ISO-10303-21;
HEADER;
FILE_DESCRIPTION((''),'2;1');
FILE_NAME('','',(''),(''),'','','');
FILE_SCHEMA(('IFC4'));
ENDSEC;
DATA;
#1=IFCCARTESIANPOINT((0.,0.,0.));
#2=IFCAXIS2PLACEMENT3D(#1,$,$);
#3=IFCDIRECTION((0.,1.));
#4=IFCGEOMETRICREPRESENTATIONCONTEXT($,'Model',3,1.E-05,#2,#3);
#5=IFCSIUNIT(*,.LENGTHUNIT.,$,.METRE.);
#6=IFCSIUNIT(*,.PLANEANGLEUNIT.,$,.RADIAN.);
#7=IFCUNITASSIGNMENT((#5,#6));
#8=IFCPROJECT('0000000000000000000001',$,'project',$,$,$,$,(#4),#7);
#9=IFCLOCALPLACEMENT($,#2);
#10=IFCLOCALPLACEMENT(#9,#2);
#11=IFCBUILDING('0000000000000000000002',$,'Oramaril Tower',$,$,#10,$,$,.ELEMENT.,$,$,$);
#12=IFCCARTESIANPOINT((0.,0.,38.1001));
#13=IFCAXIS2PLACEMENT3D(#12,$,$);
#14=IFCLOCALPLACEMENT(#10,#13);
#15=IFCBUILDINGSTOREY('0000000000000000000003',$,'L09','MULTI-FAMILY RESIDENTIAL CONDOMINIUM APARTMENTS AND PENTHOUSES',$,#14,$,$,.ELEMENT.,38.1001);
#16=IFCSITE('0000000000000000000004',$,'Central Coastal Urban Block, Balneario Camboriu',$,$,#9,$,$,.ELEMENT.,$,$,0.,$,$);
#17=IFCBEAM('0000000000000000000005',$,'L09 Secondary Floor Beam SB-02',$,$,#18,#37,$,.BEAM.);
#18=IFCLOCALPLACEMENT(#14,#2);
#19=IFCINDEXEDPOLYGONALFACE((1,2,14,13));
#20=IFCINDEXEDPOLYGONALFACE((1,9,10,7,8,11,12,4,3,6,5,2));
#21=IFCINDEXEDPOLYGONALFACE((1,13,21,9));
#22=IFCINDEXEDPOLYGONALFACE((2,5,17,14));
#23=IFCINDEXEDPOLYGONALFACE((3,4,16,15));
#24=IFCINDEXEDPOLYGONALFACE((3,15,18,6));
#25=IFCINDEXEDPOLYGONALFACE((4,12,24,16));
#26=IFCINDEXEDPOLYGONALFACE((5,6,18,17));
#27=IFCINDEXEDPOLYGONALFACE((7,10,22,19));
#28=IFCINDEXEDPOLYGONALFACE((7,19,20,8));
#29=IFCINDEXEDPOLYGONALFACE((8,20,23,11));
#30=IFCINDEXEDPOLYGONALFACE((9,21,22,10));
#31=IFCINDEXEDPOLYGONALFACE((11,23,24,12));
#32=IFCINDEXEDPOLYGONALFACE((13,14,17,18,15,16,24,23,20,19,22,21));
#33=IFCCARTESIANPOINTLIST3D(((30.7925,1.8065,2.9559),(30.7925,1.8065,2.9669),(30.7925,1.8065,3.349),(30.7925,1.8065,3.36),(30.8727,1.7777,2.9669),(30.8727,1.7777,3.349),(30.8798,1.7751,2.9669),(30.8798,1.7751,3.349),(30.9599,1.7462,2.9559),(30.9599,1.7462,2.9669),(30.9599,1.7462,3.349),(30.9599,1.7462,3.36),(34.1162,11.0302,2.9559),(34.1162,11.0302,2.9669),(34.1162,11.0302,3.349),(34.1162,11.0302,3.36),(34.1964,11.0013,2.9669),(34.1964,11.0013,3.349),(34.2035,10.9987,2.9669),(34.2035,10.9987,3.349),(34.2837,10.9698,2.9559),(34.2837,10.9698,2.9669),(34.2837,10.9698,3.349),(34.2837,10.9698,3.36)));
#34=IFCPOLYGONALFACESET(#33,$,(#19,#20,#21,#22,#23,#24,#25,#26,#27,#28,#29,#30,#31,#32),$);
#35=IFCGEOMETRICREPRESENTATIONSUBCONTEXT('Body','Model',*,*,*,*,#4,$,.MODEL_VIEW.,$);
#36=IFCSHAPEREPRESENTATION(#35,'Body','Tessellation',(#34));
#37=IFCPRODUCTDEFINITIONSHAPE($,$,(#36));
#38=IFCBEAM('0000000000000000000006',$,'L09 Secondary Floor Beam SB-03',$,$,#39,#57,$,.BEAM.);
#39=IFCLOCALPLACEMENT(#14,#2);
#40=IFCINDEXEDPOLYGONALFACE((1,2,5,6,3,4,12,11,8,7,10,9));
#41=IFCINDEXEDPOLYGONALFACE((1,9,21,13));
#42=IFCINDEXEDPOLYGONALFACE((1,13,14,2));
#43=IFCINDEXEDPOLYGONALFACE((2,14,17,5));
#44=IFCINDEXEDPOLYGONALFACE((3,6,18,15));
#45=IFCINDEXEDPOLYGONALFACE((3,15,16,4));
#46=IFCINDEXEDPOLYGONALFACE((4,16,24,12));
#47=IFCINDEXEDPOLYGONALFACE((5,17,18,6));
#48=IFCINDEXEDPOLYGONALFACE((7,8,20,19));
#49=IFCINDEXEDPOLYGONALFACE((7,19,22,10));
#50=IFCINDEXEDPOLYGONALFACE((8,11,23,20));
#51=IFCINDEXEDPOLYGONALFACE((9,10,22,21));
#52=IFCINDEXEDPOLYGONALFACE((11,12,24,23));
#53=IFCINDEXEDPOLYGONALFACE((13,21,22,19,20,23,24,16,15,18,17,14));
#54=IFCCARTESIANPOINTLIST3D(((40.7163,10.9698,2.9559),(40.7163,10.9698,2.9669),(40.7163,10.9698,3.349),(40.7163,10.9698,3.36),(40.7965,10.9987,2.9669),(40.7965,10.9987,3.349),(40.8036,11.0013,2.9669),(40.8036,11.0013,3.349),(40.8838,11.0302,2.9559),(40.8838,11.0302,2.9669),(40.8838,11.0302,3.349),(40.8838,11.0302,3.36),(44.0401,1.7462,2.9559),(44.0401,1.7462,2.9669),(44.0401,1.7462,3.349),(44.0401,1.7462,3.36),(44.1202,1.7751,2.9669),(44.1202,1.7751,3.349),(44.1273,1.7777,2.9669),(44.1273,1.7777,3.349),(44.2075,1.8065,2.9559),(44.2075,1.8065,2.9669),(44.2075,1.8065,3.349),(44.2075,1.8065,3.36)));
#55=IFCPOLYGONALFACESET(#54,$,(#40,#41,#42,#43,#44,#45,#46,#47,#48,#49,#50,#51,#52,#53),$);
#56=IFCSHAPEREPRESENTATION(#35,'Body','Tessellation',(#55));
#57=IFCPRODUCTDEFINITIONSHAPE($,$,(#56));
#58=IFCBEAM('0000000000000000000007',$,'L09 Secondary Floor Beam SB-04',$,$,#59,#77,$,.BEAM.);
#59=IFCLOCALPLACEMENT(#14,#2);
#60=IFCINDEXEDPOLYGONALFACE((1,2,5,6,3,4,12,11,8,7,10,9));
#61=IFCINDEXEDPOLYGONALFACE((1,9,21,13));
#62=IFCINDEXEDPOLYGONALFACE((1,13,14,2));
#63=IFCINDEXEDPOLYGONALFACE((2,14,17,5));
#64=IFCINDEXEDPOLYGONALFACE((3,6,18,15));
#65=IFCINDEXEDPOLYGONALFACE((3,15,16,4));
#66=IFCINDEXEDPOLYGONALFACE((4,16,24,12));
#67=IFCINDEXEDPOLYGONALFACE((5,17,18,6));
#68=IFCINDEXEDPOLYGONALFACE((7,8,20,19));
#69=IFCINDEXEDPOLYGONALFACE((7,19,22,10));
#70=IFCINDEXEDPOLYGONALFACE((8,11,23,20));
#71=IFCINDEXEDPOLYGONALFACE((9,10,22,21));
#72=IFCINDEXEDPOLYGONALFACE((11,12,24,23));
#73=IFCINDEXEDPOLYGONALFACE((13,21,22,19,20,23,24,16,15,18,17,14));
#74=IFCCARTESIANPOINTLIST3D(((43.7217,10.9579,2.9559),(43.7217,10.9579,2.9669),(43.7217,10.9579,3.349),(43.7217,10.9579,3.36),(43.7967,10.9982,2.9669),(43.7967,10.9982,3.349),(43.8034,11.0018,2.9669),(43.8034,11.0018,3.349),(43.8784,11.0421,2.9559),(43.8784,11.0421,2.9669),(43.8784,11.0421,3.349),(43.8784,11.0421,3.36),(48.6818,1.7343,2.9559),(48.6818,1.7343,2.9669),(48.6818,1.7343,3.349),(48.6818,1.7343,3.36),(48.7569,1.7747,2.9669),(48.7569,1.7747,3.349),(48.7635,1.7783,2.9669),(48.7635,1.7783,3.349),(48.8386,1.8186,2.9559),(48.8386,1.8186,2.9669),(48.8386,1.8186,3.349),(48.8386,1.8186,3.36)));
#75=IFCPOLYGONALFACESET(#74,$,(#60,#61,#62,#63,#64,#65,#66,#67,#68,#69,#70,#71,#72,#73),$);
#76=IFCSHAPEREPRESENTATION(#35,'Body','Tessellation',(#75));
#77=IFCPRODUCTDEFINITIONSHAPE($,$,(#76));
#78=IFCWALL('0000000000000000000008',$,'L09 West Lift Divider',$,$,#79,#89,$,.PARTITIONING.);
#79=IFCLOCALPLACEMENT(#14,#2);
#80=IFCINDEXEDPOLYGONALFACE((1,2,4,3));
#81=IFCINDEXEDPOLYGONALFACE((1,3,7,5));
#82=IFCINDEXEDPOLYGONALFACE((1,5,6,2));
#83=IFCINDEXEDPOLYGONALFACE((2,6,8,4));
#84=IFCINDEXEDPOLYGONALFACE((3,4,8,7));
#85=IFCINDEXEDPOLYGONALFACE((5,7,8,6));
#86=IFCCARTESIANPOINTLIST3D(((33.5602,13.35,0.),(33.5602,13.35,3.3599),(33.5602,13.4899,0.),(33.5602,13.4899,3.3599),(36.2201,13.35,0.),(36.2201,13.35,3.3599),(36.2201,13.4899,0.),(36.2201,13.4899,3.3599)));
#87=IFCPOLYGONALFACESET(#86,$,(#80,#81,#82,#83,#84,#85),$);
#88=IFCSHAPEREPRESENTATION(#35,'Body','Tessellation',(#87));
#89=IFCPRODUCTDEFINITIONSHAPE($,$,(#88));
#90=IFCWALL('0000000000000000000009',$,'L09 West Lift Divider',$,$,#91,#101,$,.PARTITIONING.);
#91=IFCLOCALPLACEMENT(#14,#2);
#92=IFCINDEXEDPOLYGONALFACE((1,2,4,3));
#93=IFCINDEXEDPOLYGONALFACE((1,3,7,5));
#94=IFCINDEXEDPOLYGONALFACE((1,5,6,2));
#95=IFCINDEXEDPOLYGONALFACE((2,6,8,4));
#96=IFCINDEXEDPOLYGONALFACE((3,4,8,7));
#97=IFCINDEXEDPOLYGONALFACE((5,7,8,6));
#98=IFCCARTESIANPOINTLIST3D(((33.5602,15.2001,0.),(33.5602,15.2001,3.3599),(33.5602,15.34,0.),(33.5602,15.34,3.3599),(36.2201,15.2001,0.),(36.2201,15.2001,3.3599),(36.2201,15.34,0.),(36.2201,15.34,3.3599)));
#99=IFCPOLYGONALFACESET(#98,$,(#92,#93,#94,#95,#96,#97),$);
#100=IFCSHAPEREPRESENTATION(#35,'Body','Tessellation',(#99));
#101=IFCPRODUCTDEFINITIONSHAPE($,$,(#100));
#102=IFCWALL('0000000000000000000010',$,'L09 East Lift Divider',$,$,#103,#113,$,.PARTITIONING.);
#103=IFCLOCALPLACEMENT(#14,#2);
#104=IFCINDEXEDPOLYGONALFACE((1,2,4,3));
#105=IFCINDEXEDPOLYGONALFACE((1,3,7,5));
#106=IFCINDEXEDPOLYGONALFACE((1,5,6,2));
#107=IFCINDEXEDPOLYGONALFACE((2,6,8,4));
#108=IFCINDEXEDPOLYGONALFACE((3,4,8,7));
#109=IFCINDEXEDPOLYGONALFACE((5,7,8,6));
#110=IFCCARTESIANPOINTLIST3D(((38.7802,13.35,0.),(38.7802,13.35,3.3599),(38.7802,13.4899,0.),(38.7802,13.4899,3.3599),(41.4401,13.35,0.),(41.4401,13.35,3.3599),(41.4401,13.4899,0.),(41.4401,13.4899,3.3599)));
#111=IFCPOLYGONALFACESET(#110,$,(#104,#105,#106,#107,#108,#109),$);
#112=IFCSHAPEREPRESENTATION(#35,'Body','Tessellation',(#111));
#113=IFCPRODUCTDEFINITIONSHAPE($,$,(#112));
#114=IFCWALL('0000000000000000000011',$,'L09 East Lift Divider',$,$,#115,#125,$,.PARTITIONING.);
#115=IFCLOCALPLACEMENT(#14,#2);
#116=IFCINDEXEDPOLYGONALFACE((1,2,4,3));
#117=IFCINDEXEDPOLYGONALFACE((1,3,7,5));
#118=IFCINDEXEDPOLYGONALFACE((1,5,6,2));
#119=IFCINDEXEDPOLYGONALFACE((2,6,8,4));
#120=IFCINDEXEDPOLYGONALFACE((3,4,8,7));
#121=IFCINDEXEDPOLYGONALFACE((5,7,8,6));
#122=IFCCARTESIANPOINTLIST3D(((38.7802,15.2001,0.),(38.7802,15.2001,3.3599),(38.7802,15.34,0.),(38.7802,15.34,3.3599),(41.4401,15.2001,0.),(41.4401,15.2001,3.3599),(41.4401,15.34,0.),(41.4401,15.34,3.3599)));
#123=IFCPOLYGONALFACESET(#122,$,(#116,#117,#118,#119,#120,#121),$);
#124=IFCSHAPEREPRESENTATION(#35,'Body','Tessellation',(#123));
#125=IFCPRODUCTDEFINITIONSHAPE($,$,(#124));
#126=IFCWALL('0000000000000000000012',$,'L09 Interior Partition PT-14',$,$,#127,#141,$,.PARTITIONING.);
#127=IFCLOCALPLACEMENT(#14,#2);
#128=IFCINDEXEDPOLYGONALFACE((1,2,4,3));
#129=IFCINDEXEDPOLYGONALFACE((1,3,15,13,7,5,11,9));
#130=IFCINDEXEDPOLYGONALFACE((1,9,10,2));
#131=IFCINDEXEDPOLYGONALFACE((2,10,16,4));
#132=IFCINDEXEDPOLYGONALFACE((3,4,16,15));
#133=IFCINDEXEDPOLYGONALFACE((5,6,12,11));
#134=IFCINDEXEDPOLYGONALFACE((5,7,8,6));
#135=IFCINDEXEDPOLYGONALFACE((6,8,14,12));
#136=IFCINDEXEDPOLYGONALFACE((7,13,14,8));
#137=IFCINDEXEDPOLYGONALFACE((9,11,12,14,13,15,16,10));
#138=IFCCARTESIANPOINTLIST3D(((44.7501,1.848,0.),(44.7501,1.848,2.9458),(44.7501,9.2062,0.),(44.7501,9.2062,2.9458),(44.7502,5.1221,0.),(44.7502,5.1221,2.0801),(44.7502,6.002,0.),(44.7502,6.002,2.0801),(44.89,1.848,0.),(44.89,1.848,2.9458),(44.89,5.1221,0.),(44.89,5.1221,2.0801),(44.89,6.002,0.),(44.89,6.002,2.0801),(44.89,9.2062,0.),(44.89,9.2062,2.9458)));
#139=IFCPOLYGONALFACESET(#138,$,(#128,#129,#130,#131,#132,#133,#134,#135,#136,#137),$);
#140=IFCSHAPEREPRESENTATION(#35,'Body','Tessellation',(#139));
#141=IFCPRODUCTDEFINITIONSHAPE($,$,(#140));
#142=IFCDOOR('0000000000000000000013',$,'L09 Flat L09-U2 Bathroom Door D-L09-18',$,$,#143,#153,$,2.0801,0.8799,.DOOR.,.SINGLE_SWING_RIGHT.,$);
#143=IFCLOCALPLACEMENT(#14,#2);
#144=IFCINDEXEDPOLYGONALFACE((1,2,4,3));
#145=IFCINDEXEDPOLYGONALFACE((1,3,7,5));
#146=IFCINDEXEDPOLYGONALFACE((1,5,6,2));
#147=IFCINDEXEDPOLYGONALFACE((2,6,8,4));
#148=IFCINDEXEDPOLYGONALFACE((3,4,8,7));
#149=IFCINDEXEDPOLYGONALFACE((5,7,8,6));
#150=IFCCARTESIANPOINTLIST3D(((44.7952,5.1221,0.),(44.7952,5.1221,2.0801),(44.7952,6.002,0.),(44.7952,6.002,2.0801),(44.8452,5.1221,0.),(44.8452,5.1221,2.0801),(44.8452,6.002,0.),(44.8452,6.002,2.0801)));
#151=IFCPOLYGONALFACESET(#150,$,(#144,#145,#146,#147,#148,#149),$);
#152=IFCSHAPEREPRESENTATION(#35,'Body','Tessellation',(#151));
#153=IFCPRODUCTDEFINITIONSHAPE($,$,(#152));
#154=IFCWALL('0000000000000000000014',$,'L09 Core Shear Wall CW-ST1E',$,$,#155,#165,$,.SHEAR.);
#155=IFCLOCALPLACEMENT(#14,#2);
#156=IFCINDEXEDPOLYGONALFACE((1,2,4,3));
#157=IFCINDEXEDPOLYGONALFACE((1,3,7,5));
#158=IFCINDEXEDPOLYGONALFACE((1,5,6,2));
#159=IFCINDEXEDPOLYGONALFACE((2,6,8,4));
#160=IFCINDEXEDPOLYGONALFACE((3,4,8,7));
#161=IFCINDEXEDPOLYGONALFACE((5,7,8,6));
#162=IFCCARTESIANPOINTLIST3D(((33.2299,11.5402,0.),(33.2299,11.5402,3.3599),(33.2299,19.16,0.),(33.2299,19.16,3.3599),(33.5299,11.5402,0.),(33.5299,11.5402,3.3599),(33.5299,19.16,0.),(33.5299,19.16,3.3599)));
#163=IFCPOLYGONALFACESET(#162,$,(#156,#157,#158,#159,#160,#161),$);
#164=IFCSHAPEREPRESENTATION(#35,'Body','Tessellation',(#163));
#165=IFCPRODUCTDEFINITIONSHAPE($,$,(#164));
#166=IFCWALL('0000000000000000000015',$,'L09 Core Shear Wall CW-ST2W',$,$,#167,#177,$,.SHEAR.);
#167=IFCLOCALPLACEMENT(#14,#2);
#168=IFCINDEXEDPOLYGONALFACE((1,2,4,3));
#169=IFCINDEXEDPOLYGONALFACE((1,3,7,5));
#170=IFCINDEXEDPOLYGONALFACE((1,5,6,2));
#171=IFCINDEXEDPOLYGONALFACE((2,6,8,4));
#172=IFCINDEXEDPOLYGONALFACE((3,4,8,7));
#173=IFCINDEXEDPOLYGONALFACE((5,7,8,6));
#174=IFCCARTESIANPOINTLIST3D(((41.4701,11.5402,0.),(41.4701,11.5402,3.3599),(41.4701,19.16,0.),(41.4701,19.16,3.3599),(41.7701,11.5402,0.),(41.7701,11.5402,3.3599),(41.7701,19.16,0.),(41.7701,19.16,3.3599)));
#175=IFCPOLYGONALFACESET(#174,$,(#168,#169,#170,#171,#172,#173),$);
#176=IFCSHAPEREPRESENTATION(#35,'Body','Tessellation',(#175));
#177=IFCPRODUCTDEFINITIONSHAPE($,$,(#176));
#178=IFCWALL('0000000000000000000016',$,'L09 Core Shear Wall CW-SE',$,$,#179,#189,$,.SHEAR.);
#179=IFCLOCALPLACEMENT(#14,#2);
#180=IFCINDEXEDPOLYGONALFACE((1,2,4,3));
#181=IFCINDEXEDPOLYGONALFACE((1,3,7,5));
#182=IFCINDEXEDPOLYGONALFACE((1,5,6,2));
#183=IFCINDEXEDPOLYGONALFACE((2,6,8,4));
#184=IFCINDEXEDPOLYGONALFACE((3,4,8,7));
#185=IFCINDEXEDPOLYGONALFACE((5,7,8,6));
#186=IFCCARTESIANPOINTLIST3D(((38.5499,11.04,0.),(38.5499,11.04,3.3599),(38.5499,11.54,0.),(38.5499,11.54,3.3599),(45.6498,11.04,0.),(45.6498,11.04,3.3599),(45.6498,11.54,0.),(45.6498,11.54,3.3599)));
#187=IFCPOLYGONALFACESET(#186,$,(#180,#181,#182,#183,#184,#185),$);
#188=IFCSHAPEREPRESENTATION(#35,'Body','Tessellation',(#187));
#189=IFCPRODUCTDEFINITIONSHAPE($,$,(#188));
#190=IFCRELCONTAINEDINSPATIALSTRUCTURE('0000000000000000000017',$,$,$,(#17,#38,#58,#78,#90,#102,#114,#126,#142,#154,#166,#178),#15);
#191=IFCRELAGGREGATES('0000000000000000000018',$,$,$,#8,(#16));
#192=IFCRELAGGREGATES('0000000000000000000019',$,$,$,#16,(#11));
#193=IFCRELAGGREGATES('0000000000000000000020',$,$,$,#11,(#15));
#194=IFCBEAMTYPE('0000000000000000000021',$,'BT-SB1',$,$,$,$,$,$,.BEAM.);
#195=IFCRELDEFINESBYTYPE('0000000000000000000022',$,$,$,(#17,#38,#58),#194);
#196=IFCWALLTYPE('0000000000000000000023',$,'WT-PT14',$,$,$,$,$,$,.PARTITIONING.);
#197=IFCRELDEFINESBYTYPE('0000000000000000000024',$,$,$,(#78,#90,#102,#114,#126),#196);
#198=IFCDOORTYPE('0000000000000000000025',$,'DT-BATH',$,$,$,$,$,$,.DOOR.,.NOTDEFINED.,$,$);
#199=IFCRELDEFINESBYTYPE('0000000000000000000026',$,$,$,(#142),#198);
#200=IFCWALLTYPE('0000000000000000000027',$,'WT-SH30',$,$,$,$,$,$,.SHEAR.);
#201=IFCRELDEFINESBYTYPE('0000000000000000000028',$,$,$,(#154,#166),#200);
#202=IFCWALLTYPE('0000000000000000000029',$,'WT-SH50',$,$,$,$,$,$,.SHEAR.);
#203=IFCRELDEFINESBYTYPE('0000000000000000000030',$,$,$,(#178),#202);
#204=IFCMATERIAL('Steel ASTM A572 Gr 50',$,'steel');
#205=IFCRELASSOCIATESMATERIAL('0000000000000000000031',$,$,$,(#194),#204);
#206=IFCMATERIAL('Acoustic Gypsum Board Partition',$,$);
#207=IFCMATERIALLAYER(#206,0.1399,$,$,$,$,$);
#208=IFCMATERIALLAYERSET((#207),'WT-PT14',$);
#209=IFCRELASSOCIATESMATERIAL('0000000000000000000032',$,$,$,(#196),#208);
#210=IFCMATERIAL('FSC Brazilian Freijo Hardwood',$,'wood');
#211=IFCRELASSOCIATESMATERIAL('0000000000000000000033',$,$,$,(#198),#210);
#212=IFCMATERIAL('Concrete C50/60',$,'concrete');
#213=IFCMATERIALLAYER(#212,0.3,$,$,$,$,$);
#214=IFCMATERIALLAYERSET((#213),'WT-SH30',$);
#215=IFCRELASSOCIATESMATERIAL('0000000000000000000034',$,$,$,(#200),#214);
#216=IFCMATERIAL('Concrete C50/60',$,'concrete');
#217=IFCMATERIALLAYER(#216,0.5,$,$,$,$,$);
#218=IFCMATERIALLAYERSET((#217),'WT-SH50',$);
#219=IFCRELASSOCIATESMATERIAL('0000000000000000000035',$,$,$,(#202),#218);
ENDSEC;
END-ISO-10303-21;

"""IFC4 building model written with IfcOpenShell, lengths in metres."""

from ifc_helpers import new_model, si_unit, direction, frame, frame_2d, origin, origin_2d, place, context, subcontext, project, spatial, rectangle, i_section, extrude, material, layer, layer_set, material_profile, profile_set, type_object, element, fill, save


model = new_model("IFC4")

# Units and contexts
model_context = context("Model", 3, precision=1e-05, world=origin(), true_north=direction((0.0, 1.0)))
body_context = subcontext(model_context, "Body", "Model", "MODEL_VIEW")
ifc_project = project(units=[si_unit("LENGTHUNIT", "METRE"), si_unit("PLANEANGLEUNIT", "RADIAN")], contexts=[model_context])

# Site, building, storey
site_placement = place(None, origin())
site = spatial("IfcSite", under=ifc_project, at=site_placement, Name="Central Coastal Urban Block, Balneario Camboriu", CompositionType="ELEMENT", RefElevation=0.0)
building_placement = place(site_placement, origin())
building = spatial("IfcBuilding", under=site, at=building_placement, Name="Oramaril Tower", CompositionType="ELEMENT")
storey_placement = place(building_placement, frame((0.0, 0.0, 38.1001)))
storey = spatial("IfcBuildingStorey", under=building, at=storey_placement, Name="L09", Description="MULTI-FAMILY RESIDENTIAL CONDOMINIUM APARTMENTS AND PENTHOUSES", CompositionType="ELEMENT", Elevation=38.1001)

# Beams
ifc_material_1 = material(Name="Steel ASTM A572 Gr 50", Category="steel")
ifc_material_profile = material_profile(ifc_material_1, i_section(OverallWidth=0.178, OverallDepth=0.4041, WebThickness=0.0076, FlangeThickness=0.011, at=origin_2d()), Name="W16X36")
ifc_profile_set = profile_set([ifc_material_profile], Name="Steel ASTM A572 Gr 50")
beam_type = type_object("IfcBeamType", Name="BT-SB1", PredefinedType="BEAM", material=ifc_profile_set)
for number, where, z_axis, x_axis, name in (
    (1, (34.2, 11.0, 3.158), (-0.33901, -0.940783, 0.0), (0.940783, -0.33901, 0.0), "L09 Secondary Floor Beam SB-02"),
    (2, (40.8, 11.0, 3.158), (0.33901, -0.940783, 0.0), (0.940783, 0.33901, 0.0), "L09 Secondary Floor Beam SB-03"),
):
    element("IfcBeam", number, at=place(storey_placement, frame(where, z_axis=z_axis, x_axis=x_axis)), inside=storey, type_object=beam_type, Name=name, PredefinedType="BEAM", context=body_context, shape_type="SweptSolid", body=[
        extrude(i_section(OverallWidth=0.178, OverallDepth=0.4041, WebThickness=0.0076, FlangeThickness=0.011, at=origin_2d()), origin(), (0.0, 0.0, 1.0), 9.8042),
    ])
beam_placement = place(storey_placement, frame((43.8, 11.0, 3.158), z_axis=(0.473628, -0.880725, 0.0), x_axis=(0.880725, 0.473628, 0.0)))
element("IfcBeam", 3, at=beam_placement, inside=storey, type_object=beam_type, Name="L09 Secondary Floor Beam SB-04", PredefinedType="BEAM", context=body_context, shape_type="SweptSolid", body=[
    extrude(i_section(OverallWidth=0.178, OverallDepth=0.4041, WebThickness=0.0076, FlangeThickness=0.011, at=origin_2d()), origin(), (0.0, 0.0, 1.0), 10.4727),
])

# Walls
ifc_material_2 = material(Name="Acoustic Gypsum Board Partition")
ifc_layer_1 = layer(ifc_material_2, 0.1399)
ifc_layer_set_1 = layer_set([ifc_layer_1], Name="WT-PT14")
wall_type_1 = type_object("IfcWallType", Name="WT-PT14", PredefinedType="PARTITIONING", material=ifc_layer_set_1)
for number, where, z_axis, x_axis, name in (
    (4, (33.5601, 13.4199, 0.0), (0.0, 0.0, 1.0), (1.0, 0.0, 0.0), "L09 West Lift Divider"),
    (5, (33.5601, 15.27, 0.0), (0.0, 0.0, 1.0), (1.0, 0.0, 0.0), "L09 West Lift Divider"),
    (6, (38.78, 13.4199, 0.0), (0.0, 0.0, 1.0), (1.0, 0.0, 0.0), "L09 East Lift Divider"),
    (7, (38.78, 15.27, 0.0), (0.0, 0.0, 1.0), (1.0, 0.0, 0.0), "L09 East Lift Divider"),
):
    element("IfcWall", number, at=place(storey_placement, frame(where, z_axis=z_axis, x_axis=x_axis)), inside=storey, type_object=wall_type_1, Name=name, PredefinedType="PARTITIONING", context=body_context, shape_type="SweptSolid", body=[
        extrude(rectangle(XDim=2.6599, YDim=0.1399, at=frame_2d((1.3301, 0.0))), origin(), (0.0, 0.0, 1.0), 3.3599),
    ])

# Wall, opening, door
wall_1_placement = place(storey_placement, frame((44.8201, 1.8479, 0.0), z_axis=(0.0, 0.0, 1.0), x_axis=(0.0, 1.0, 0.0)))
wall_1 = element("IfcWall", 8, at=wall_1_placement, inside=storey, type_object=wall_type_1, Name="L09 Interior Partition PT-14", PredefinedType="PARTITIONING", context=body_context, shape_type="SweptSolid", body=[
    extrude(rectangle(XDim=7.3582, YDim=0.1399, at=frame_2d((3.6792, 0.0))), origin(), (0.0, 0.0, 1.0), 2.9458),
])
opening_1_placement = place(wall_1_placement, frame((3.2742, 0.0, 0.0)))
opening_1 = element("IfcOpeningElement", 9, at=opening_1_placement, cuts=wall_1, PredefinedType="OPENING", context=body_context, shape_type="SweptSolid", body=[
    extrude(rectangle(XDim=0.8799, YDim=2.0801, at=frame_2d((0.4399, 1.04))), frame((0.0, 0.0698, 0.0), z_axis=(0.0, -1.0, 0.0), x_axis=(1.0, 0.0, 0.0)), (0.0, 0.0, 1.0), 0.1399),
])
ifc_material_3 = material(Name="FSC Brazilian Freijo Hardwood", Category="wood")
door_type_1 = type_object("IfcDoorType", Name="DT-BATH", OperationType="NOTDEFINED", PredefinedType="DOOR", material=ifc_material_3)
door_1_placement = place(opening_1_placement, origin())
door_1 = element("IfcDoor", 10, at=door_1_placement, inside=storey, type_object=door_type_1, Name="L09 Flat L09-U2 Bathroom Door D-L09-18", OperationType="SINGLE_SWING_RIGHT", OverallHeight=2.0801, OverallWidth=0.8799, PredefinedType="DOOR", context=body_context, shape_type="SweptSolid", body=[
    extrude(rectangle(XDim=0.8799, YDim=2.0801, at=frame_2d((0.4399, 1.04))), frame((0.0, 0.0249, 0.0), z_axis=(0.0, -1.0, 0.0), x_axis=(1.0, 0.0, 0.0)), (0.0, 0.0, 1.0), 0.05),
])
fill(opening_1, door_1)

# Walls
ifc_material_4 = material(Name="Concrete C50/60", Category="concrete")
ifc_layer_2 = layer(ifc_material_4, 0.3)
ifc_layer_set_2 = layer_set([ifc_layer_2], Name="WT-SH30")
wall_type_2 = type_object("IfcWallType", Name="WT-SH30", PredefinedType="SHEAR", material=ifc_layer_set_2)
for number, where, z_axis, x_axis, name in (
    (11, (33.3799, 11.54, 0.0), (0.0, 0.0, 1.0), (0.0, 1.0, 0.0), "L09 Core Shear Wall CW-ST1E"),
    (12, (41.6201, 11.54, 0.0), (0.0, 0.0, 1.0), (0.0, 1.0, 0.0), "L09 Core Shear Wall CW-ST2W"),
):
    element("IfcWall", number, at=place(storey_placement, frame(where, z_axis=z_axis, x_axis=x_axis)), inside=storey, type_object=wall_type_2, Name=name, PredefinedType="SHEAR", context=body_context, shape_type="SweptSolid", body=[
        extrude(rectangle(XDim=7.6199, YDim=0.3, at=frame_2d((3.8101, 0.0))), origin(), (0.0, 0.0, 1.0), 3.3599),
    ])
ifc_material_5 = material(Name="Concrete C50/60", Category="concrete")
ifc_layer_3 = layer(ifc_material_5, 0.5)
ifc_layer_set_3 = layer_set([ifc_layer_3], Name="WT-SH50")
wall_type_3 = type_object("IfcWallType", Name="WT-SH50", PredefinedType="SHEAR", material=ifc_layer_set_3)
wall_2_placement = place(storey_placement, frame((38.55, 11.29, 0.0), z_axis=(0.0, 0.0, 1.0), x_axis=(1.0, 0.0, 0.0)))
element("IfcWall", 13, at=wall_2_placement, inside=storey, type_object=wall_type_3, Name="L09 Core Shear Wall CW-SE", PredefinedType="SHEAR", context=body_context, shape_type="SweptSolid", body=[
    extrude(rectangle(XDim=7.0999, YDim=0.5, at=frame_2d((3.5498, 0.0))), origin(), (0.0, 0.0, 1.0), 3.3599),
])

save(model, "model.ifc")
